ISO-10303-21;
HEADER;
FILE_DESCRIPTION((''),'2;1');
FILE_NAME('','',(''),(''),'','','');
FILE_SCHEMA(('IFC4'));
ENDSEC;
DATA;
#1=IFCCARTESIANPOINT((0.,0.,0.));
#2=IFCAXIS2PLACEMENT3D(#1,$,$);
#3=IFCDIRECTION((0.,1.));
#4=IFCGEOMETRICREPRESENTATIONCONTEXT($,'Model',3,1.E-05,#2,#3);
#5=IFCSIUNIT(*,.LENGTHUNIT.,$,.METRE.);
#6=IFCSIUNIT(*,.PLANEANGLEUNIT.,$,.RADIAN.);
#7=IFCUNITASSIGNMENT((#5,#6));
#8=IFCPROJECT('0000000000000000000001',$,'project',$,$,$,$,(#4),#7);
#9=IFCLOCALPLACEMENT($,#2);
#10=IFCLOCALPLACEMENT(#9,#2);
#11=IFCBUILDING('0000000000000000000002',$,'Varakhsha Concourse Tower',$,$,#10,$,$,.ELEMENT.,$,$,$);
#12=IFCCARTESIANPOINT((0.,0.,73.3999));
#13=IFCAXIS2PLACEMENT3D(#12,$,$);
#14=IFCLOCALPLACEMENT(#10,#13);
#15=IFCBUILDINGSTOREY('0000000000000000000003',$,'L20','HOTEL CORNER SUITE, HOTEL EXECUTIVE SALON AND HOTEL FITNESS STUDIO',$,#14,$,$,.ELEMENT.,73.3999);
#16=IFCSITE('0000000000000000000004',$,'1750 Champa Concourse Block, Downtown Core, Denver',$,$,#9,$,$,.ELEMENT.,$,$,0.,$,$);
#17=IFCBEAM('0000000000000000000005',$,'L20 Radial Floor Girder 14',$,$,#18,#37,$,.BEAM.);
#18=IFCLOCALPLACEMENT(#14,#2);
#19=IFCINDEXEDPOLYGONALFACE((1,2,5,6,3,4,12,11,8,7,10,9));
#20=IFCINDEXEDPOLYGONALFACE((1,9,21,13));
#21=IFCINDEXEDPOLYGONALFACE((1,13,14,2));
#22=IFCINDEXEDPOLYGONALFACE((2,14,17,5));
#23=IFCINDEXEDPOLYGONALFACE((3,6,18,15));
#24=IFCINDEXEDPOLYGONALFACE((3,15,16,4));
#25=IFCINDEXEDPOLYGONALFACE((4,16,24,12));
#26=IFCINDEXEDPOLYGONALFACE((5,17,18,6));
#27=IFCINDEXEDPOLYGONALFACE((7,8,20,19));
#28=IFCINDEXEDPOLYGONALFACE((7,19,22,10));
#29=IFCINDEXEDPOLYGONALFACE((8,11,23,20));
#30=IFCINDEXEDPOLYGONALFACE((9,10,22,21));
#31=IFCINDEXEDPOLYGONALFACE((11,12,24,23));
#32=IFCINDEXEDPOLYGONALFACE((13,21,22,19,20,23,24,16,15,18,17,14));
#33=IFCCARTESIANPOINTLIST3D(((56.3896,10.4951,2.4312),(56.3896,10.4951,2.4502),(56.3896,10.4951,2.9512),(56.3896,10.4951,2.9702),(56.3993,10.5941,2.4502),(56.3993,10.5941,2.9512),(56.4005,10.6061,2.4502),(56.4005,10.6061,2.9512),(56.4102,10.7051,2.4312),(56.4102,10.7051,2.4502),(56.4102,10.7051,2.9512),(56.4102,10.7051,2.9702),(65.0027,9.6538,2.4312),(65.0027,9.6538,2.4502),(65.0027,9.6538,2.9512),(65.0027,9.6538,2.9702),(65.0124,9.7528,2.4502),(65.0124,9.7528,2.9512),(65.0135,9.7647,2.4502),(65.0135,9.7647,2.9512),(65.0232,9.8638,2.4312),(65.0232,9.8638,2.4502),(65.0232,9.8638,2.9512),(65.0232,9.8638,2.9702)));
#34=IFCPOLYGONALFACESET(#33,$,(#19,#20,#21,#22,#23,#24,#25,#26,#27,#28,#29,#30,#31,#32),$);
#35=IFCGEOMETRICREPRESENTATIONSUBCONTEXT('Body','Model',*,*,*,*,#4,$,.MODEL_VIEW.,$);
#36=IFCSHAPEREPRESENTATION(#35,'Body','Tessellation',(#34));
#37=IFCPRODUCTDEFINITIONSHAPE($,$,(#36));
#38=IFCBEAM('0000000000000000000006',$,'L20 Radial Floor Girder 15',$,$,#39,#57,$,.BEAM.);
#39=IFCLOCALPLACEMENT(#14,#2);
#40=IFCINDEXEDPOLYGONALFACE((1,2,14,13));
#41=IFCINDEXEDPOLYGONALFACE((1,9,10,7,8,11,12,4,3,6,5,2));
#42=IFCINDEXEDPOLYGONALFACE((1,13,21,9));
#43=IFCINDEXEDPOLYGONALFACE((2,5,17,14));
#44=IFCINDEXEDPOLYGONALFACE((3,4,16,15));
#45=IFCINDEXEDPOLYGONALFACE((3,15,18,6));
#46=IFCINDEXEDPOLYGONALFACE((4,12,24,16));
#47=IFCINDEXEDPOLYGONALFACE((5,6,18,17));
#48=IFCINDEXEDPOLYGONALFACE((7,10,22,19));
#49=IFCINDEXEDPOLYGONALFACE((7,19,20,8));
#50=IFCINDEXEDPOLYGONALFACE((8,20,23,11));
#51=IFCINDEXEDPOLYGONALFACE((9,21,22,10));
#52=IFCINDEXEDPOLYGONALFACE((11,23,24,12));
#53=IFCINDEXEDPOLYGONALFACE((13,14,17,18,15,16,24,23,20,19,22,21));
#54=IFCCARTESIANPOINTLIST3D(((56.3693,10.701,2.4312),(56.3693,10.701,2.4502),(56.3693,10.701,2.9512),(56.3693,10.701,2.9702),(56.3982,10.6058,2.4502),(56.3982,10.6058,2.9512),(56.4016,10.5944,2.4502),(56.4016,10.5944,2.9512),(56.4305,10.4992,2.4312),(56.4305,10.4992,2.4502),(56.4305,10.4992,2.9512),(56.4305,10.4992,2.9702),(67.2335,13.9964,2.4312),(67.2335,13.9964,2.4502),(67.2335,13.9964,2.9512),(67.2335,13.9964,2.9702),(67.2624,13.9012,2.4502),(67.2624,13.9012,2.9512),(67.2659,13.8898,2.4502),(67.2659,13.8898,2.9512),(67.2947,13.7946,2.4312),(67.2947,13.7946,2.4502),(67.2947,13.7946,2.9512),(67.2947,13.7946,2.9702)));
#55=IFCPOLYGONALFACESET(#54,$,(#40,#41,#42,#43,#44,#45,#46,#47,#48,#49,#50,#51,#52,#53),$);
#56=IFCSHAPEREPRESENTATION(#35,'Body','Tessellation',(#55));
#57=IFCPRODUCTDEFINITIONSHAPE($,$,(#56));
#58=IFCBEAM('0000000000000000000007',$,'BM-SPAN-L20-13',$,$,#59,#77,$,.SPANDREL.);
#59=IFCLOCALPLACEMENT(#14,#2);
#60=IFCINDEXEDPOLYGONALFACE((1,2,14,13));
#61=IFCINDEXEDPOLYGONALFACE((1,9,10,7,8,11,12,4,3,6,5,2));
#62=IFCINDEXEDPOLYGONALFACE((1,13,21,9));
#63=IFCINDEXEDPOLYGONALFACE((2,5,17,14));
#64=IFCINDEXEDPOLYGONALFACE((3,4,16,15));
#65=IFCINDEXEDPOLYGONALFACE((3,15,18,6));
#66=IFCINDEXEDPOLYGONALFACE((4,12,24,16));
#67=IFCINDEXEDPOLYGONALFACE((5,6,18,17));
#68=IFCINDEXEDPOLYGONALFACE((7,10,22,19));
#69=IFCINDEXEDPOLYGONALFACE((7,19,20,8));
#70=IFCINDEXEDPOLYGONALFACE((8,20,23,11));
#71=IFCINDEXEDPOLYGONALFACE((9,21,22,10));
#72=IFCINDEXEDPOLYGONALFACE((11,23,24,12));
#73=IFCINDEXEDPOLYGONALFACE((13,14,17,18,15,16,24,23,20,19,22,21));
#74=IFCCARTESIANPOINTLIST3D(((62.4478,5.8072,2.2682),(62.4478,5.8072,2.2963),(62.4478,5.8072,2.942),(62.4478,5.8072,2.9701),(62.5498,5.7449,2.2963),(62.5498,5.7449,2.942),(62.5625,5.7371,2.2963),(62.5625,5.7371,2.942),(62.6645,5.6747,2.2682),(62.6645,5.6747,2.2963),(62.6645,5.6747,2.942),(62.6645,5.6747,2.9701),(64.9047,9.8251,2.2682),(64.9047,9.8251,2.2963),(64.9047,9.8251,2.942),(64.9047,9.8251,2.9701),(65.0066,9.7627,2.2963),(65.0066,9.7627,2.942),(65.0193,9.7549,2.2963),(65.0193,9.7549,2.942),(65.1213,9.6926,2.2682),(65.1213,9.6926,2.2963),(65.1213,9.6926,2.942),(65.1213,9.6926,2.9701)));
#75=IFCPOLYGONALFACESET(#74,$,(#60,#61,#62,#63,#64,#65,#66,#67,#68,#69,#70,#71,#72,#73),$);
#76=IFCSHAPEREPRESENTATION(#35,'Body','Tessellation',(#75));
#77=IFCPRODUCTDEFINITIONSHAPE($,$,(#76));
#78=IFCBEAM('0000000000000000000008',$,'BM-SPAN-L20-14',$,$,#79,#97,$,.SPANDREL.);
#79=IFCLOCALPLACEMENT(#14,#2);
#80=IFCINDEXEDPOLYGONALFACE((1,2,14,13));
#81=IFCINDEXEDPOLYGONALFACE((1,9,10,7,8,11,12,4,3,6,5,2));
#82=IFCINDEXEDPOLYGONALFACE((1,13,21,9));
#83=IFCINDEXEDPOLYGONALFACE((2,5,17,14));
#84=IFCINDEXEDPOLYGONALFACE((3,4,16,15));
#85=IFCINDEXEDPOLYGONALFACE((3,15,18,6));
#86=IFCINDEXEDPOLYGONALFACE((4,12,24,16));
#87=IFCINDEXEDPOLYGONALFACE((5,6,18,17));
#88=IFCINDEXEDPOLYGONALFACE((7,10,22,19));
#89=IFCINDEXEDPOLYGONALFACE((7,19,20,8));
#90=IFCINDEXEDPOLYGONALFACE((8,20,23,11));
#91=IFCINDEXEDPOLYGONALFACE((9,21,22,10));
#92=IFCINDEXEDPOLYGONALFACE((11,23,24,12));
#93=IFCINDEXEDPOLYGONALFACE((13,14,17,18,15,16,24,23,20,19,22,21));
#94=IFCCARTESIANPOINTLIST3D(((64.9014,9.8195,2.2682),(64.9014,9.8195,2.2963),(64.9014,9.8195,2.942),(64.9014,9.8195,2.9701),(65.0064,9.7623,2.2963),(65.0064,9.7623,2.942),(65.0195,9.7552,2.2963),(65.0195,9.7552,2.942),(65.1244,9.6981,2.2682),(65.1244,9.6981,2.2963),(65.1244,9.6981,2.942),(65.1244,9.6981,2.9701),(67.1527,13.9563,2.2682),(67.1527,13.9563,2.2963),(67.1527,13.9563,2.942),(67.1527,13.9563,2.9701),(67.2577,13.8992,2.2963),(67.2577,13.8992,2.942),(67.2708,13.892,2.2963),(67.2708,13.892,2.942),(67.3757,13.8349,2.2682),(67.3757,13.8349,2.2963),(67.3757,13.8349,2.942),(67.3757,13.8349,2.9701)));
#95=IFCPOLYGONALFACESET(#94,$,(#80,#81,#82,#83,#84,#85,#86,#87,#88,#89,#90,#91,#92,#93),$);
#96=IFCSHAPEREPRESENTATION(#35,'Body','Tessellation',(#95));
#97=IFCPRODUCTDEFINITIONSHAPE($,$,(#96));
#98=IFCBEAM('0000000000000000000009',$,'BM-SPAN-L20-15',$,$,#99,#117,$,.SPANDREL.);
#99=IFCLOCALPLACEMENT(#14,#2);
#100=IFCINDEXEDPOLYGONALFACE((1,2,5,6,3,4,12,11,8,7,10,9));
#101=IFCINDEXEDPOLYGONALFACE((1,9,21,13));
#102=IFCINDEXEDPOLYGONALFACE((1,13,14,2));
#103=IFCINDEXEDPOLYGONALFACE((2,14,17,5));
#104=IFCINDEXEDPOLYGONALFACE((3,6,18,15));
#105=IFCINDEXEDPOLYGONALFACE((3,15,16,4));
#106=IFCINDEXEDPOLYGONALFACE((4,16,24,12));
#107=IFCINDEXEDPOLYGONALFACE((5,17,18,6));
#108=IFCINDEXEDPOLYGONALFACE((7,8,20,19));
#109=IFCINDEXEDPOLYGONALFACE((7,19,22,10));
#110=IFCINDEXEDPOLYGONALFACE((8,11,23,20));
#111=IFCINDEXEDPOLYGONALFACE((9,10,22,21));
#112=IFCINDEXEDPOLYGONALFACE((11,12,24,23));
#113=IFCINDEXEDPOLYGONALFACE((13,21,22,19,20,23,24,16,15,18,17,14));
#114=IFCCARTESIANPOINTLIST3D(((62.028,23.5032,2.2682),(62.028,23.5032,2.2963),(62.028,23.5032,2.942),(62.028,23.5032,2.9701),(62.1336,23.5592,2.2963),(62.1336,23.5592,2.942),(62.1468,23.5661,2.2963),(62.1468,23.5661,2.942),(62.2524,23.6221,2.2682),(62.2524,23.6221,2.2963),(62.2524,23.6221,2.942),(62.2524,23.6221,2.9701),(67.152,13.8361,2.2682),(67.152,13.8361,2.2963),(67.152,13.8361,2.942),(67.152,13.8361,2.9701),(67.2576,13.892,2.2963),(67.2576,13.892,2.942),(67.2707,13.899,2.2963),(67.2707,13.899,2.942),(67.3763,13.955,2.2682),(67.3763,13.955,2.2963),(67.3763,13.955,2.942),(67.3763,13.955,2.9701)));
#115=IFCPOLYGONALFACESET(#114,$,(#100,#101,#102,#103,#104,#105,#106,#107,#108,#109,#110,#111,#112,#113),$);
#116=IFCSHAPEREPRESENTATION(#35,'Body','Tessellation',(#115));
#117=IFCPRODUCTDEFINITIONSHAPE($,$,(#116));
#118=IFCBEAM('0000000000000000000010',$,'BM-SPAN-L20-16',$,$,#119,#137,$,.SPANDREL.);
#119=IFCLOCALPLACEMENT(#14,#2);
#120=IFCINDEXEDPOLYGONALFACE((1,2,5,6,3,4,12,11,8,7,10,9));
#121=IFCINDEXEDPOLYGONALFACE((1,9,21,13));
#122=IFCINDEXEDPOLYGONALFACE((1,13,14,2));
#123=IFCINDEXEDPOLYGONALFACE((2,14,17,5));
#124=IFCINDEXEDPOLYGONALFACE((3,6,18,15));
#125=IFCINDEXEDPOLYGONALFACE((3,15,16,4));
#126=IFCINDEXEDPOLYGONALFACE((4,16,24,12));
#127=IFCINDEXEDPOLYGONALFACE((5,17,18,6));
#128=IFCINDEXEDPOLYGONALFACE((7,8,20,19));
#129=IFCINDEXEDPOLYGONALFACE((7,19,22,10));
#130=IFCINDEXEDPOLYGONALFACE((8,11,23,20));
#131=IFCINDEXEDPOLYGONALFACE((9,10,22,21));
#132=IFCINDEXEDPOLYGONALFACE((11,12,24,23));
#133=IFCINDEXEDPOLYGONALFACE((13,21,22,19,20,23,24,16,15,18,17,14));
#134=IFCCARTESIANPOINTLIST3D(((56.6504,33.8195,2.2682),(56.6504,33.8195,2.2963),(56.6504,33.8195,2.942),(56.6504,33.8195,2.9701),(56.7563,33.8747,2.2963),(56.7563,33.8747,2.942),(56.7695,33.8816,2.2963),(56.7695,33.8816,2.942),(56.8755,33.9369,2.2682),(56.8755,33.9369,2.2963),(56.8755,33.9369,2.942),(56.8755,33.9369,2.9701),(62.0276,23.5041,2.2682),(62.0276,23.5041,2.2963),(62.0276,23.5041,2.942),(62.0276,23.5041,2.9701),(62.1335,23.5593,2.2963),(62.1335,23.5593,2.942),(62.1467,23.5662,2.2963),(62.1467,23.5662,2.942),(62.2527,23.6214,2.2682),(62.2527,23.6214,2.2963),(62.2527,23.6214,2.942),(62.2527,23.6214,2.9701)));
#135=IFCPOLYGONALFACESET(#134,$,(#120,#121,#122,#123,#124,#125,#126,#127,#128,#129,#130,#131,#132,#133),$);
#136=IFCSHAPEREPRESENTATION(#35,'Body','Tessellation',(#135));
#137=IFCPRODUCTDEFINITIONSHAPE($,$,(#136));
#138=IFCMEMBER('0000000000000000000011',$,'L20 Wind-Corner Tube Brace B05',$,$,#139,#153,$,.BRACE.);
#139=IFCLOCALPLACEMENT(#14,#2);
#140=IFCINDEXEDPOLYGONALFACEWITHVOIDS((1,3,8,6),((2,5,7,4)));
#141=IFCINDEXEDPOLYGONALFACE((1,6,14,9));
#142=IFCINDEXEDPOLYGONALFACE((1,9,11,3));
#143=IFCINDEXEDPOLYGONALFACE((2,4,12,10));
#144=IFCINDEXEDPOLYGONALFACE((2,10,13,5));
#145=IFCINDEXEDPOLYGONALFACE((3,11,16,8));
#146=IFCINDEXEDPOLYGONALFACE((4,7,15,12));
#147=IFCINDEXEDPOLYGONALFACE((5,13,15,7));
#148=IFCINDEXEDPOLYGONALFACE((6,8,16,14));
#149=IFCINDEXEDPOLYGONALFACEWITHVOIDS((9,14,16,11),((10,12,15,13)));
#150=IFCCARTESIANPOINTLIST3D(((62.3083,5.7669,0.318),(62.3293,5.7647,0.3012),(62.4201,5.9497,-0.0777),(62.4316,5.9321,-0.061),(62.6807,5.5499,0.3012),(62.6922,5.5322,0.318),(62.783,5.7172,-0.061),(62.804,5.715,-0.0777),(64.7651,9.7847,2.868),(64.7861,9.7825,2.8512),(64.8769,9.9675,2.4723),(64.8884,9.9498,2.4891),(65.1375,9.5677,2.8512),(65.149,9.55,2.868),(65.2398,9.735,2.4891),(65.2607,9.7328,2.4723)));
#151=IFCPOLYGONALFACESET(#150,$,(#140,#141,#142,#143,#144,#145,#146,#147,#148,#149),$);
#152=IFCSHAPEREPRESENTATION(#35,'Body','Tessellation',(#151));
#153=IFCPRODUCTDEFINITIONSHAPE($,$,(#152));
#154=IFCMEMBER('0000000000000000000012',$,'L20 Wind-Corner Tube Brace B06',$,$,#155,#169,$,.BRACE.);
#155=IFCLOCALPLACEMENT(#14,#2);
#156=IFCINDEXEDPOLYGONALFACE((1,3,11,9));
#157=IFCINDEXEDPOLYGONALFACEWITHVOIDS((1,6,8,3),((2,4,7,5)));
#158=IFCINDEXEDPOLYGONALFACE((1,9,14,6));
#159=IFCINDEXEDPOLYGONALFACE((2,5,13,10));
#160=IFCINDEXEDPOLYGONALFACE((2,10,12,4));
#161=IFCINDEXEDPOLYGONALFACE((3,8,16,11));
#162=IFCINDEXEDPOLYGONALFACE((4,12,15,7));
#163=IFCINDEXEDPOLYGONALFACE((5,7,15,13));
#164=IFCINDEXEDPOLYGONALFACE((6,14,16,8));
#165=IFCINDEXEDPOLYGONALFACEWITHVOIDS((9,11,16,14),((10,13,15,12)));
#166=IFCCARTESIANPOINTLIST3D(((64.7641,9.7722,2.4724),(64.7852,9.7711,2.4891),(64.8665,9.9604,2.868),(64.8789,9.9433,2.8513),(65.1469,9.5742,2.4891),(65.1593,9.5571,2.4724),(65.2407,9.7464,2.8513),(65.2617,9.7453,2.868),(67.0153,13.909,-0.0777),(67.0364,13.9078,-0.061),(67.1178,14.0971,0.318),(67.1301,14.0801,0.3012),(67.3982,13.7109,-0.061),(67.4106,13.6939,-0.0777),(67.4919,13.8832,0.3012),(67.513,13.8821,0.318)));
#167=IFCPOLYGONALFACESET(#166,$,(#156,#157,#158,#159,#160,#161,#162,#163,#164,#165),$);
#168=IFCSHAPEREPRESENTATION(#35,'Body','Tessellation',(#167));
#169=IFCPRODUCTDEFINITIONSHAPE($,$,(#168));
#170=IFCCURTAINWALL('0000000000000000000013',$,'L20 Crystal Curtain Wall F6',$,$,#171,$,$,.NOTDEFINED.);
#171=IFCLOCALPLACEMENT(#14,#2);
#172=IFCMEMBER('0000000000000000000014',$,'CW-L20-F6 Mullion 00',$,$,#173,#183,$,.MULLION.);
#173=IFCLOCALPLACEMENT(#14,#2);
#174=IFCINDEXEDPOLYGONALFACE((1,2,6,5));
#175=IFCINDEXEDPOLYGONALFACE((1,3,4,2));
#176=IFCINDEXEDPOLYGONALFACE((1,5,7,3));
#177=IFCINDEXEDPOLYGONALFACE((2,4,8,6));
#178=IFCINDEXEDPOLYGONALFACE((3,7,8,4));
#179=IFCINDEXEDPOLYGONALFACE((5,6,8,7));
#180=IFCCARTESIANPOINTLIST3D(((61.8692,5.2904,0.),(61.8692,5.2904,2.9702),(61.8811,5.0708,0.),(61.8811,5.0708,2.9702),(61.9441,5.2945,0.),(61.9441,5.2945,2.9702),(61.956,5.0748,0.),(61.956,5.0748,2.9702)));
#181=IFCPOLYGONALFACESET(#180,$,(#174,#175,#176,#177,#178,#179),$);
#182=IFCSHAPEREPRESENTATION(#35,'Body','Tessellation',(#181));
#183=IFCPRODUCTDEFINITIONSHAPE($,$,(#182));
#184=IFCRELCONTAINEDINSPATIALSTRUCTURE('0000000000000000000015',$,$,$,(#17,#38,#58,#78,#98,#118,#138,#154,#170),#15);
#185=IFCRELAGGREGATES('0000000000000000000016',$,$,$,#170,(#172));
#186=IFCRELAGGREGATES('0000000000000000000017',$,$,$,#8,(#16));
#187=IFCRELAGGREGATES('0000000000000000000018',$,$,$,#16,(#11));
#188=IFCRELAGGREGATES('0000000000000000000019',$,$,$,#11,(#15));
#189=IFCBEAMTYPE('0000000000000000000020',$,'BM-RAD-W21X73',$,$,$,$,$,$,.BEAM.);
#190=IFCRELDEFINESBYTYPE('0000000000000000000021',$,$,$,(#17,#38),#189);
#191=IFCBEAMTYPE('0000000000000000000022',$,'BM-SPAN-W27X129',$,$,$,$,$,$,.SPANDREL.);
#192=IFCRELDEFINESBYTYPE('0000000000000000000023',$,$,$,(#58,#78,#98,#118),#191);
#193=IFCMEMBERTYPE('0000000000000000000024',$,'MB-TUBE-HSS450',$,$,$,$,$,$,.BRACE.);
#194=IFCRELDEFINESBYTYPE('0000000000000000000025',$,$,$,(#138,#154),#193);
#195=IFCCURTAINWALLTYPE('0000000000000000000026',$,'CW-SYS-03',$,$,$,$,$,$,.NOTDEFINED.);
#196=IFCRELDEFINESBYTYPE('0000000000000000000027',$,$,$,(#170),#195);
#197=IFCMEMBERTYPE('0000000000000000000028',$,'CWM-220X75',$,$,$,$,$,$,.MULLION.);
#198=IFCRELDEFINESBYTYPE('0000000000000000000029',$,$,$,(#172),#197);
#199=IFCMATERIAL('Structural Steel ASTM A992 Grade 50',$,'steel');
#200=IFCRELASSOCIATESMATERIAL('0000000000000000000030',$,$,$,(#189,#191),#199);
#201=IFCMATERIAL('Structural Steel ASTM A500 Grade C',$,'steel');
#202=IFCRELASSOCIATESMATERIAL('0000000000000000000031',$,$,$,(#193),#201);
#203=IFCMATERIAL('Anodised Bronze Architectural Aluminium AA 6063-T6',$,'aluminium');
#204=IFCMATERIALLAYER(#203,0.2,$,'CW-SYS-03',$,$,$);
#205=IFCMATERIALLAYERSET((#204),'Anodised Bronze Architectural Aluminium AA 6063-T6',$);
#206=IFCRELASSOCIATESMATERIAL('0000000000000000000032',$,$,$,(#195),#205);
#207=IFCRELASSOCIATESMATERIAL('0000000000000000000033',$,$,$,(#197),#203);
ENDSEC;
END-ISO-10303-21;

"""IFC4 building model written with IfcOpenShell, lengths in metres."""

from ifc_helpers import new_model, si_unit, direction, frame, origin, origin_2d, place, context, subcontext, project, spatial, rectangle, hollow_rectangle, i_section, extrude, source, transform, mapped, material, layer, layer_set, material_profile, profile_set, type_object, type_shapes, element, aggregate, save


model = new_model("IFC4")

# Units and contexts
model_context = context("Model", 3, precision=1e-05, world=origin(), true_north=direction((0.0, 1.0)))
body_context = subcontext(model_context, "Body", "Model", "MODEL_VIEW")
ifc_project = project(units=[si_unit("LENGTHUNIT", "METRE"), si_unit("PLANEANGLEUNIT", "RADIAN")], contexts=[model_context])

# Site, building, storey
site_placement = place(None, origin())
site = spatial("IfcSite", under=ifc_project, at=site_placement, Name="1750 Champa Concourse Block, Downtown Core, Denver", CompositionType="ELEMENT", RefElevation=0.0)
building_placement = place(site_placement, origin())
building = spatial("IfcBuilding", under=site, at=building_placement, Name="Varakhsha Concourse Tower", CompositionType="ELEMENT")
storey_placement = place(building_placement, frame((0.0, 0.0, 73.3999)))
storey = spatial("IfcBuildingStorey", under=building, at=storey_placement, Name="L20", Description="HOTEL CORNER SUITE, HOTEL EXECUTIVE SALON AND HOTEL FITNESS STUDIO", CompositionType="ELEMENT", Elevation=73.3999)

# Shared definitions
ifc_material_1 = material(Name="Structural Steel ASTM A992 Grade 50", Category="steel")

# Beams
ifc_material_profile_1 = material_profile(ifc_material_1, i_section(OverallWidth=0.2109, OverallDepth=0.5391, WebThickness=0.012, FlangeThickness=0.019, at=origin_2d()), Name="W21X73")
ifc_profile_set_1 = profile_set([ifc_material_profile_1], Name="Structural Steel ASTM A992 Grade 50")
beam_type_1 = type_object("IfcBeamType", Name="BM-RAD-W21X73", PredefinedType="BEAM", material=ifc_profile_set_1)
beam_1_placement = place(storey_placement, frame((56.3999, 10.6001, 2.7007), z_axis=(0.995263, -0.097216, 0.0), x_axis=(0.097216, 0.995263, 0.0)))
element("IfcBeam", 1, at=beam_1_placement, inside=storey, type_object=beam_type_1, Name="L20 Radial Floor Girder 14", PredefinedType="BEAM", context=body_context, shape_type="SweptSolid", body=[
    extrude(i_section(OverallWidth=0.2109, OverallDepth=0.5391, WebThickness=0.012, FlangeThickness=0.019, at=origin_2d()), origin(), (0.0, 0.0, 1.0), 8.6541),
])
beam_2_placement = place(storey_placement, frame((56.3999, 10.6001, 2.7007), z_axis=(0.956946, 0.290266, 0.0), x_axis=(-0.290266, 0.956946, 0.0)))
element("IfcBeam", 2, at=beam_2_placement, inside=storey, type_object=beam_type_1, Name="L20 Radial Floor Girder 15", PredefinedType="BEAM", context=body_context, shape_type="SweptSolid", body=[
    extrude(i_section(OverallWidth=0.2109, OverallDepth=0.5391, WebThickness=0.012, FlangeThickness=0.019, at=origin_2d()), origin(), (0.0, 0.0, 1.0), 11.353),
])
ifc_material_profile_2 = material_profile(ifc_material_1, i_section(OverallWidth=0.2539, OverallDepth=0.7019, WebThickness=0.0149, FlangeThickness=0.0281, at=origin_2d()), Name="W27X129")
ifc_profile_set_2 = profile_set([ifc_material_profile_2], Name="Structural Steel ASTM A992 Grade 50")
beam_type_2 = type_object("IfcBeamType", Name="BM-SPAN-W27X129", PredefinedType="SPANDREL", material=ifc_profile_set_2)
beam_3_placement = place(storey_placement, frame((62.5562, 5.741, 2.6191), z_axis=(0.521674, 0.853145, 0.0), x_axis=(-0.853145, 0.521674, 0.0)))
element("IfcBeam", 3, at=beam_3_placement, inside=storey, type_object=beam_type_2, Name="BM-SPAN-L20-13", PredefinedType="SPANDREL", context=body_context, shape_type="SweptSolid", body=[
    extrude(i_section(OverallWidth=0.2539, OverallDepth=0.7019, WebThickness=0.0149, FlangeThickness=0.0281, at=origin_2d()), origin(), (0.0, 0.0, 1.0), 4.7095),
])
beam_4_placement = place(storey_placement, frame((65.0129, 9.7588, 2.6191), z_axis=(0.478006, 0.878357, 0.0), x_axis=(-0.878357, 0.478006, 0.0)))
element("IfcBeam", 4, at=beam_4_placement, inside=storey, type_object=beam_type_2, Name="BM-SPAN-L20-14", PredefinedType="SPANDREL", context=body_context, shape_type="SweptSolid", body=[
    extrude(i_section(OverallWidth=0.2539, OverallDepth=0.7019, WebThickness=0.0149, FlangeThickness=0.0281, at=origin_2d()), origin(), (0.0, 0.0, 1.0), 4.7097),
])
beam_5_placement = place(storey_placement, frame((67.2642, 13.8955, 2.6191), z_axis=(-0.468321, 0.883558, 0.0), x_axis=(-0.883558, -0.468321, 0.0)))
element("IfcBeam", 5, at=beam_5_placement, inside=storey, type_object=beam_type_2, Name="BM-SPAN-L20-15", PredefinedType="SPANDREL", context=body_context, shape_type="SweptSolid", body=[
    extrude(i_section(OverallWidth=0.2539, OverallDepth=0.7019, WebThickness=0.0149, FlangeThickness=0.0281, at=origin_2d()), origin(), (0.0, 0.0, 1.0), 10.9412),
])
beam_6_placement = place(storey_placement, frame((62.1401, 23.5627, 2.6191), z_axis=(-0.462244, 0.886753, 0.0), x_axis=(-0.886753, -0.462244, 0.0)))
element("IfcBeam", 6, at=beam_6_placement, inside=storey, type_object=beam_type_2, Name="BM-SPAN-L20-16", PredefinedType="SPANDREL", context=body_context, shape_type="SweptSolid", body=[
    extrude(i_section(OverallWidth=0.2539, OverallDepth=0.7019, WebThickness=0.0149, FlangeThickness=0.0281, at=origin_2d()), origin(), (0.0, 0.0, 1.0), 11.6328),
])

# Members
ifc_material_2 = material(Name="Structural Steel ASTM A500 Grade C", Category="steel")
ifc_material_profile_3 = material_profile(ifc_material_2, hollow_rectangle(XDim=0.45, YDim=0.45, WallThickness=0.019, at=origin_2d()), Name="HSS 450x450x19")
ifc_profile_set_3 = profile_set([ifc_material_profile_3], Name="Structural Steel ASTM A500 Grade C")
member_type_1 = type_object("IfcMemberType", Name="MB-TUBE-HSS450", PredefinedType="BRACE", material=ifc_profile_set_3)
shared_shape_1 = source(origin(), body_context, "Body", "SweptSolid", [
    extrude(hollow_rectangle(XDim=0.45, YDim=0.45, WallThickness=0.019, at=origin_2d()), origin(), (0.0, 0.0, 1.0), 5.3555),
])
member_1_placement = place(storey_placement, frame((62.5562, 5.741, 0.1201), z_axis=(0.45874, 0.750223, 0.476155), x_axis=(-0.853145, 0.521674, 0.0)))
element("IfcMember", 7, at=member_1_placement, inside=storey, type_object=member_type_1, Name="L20 Wind-Corner Tube Brace B05", PredefinedType="BRACE", context=body_context, shape_type="MappedRepresentation", body=[
    mapped(shared_shape_1, transform((0.0, 0.0, 0.0), scale=1.0)),
])
shared_shape_2 = source(origin(), body_context, "Body", "SweptSolid", [
    extrude(hollow_rectangle(XDim=0.45, YDim=0.45, WallThickness=0.019, at=origin_2d()), origin(), (0.0, 0.0, 1.0), 5.3557),
])
type_shapes(member_type_1, [shared_shape_1, shared_shape_2])
member_2_placement = place(storey_placement, frame((67.2642, 13.8955, 0.1201), z_axis=(-0.420344, -0.7724, 0.47614), x_axis=(0.878357, -0.478006, 0.0)))
element("IfcMember", 8, at=member_2_placement, inside=storey, type_object=member_type_1, Name="L20 Wind-Corner Tube Brace B06", PredefinedType="BRACE", context=body_context, shape_type="MappedRepresentation", body=[
    mapped(shared_shape_2, transform((0.0, 0.0, 0.0), scale=1.0)),
])

# Curtain wall, member
ifc_material_3 = material(Name="Anodised Bronze Architectural Aluminium AA 6063-T6", Category="aluminium")
ifc_layer_1 = layer(ifc_material_3, 0.2, Name="CW-SYS-03")
ifc_layer_set_1 = layer_set([ifc_layer_1], Name="Anodised Bronze Architectural Aluminium AA 6063-T6")
curtain_wall_type = type_object("IfcCurtainWallType", Name="CW-SYS-03", PredefinedType="NOTDEFINED", material=ifc_layer_set_1)
curtain_wall_1_placement = place(storey_placement, origin())
curtain_wall_1 = element("IfcCurtainWall", 9, at=curtain_wall_1_placement, inside=storey, type_object=curtain_wall_type, Name="L20 Crystal Curtain Wall F6", PredefinedType="NOTDEFINED")
ifc_material_profile_4 = material_profile(ifc_material_3, rectangle(XDim=0.075, YDim=0.22, at=origin_2d()), Name="CWM-220X75")
ifc_profile_set_4 = profile_set([ifc_material_profile_4], Name="Anodised Bronze Architectural Aluminium AA 6063-T6")
member_type_2 = type_object("IfcMemberType", Name="CWM-220X75", PredefinedType="MULLION", material=ifc_profile_set_4)
shared_shape_3 = source(origin(), body_context, "Body", "SweptSolid", [
    extrude(rectangle(XDim=0.075, YDim=0.22, at=origin_2d()), origin(), (0.0, 0.0, 1.0), 2.9702),
])
type_shapes(member_type_2, [shared_shape_3])
member_3_placement = place(storey_placement, frame((61.9126, 5.1826, 0.0), z_axis=(0.0, 0.0, 1.0), x_axis=(-0.998527, -0.054257, 0.0)))
member_3 = element("IfcMember", 10, at=member_3_placement, type_object=member_type_2, Name="CW-L20-F6 Mullion 00", PredefinedType="MULLION", context=body_context, shape_type="MappedRepresentation", body=[
    mapped(shared_shape_3, transform((0.0, 0.0, 0.0), scale=1.0)),
])

aggregate(curtain_wall_1, [member_3])

save(model, "model.ifc")
